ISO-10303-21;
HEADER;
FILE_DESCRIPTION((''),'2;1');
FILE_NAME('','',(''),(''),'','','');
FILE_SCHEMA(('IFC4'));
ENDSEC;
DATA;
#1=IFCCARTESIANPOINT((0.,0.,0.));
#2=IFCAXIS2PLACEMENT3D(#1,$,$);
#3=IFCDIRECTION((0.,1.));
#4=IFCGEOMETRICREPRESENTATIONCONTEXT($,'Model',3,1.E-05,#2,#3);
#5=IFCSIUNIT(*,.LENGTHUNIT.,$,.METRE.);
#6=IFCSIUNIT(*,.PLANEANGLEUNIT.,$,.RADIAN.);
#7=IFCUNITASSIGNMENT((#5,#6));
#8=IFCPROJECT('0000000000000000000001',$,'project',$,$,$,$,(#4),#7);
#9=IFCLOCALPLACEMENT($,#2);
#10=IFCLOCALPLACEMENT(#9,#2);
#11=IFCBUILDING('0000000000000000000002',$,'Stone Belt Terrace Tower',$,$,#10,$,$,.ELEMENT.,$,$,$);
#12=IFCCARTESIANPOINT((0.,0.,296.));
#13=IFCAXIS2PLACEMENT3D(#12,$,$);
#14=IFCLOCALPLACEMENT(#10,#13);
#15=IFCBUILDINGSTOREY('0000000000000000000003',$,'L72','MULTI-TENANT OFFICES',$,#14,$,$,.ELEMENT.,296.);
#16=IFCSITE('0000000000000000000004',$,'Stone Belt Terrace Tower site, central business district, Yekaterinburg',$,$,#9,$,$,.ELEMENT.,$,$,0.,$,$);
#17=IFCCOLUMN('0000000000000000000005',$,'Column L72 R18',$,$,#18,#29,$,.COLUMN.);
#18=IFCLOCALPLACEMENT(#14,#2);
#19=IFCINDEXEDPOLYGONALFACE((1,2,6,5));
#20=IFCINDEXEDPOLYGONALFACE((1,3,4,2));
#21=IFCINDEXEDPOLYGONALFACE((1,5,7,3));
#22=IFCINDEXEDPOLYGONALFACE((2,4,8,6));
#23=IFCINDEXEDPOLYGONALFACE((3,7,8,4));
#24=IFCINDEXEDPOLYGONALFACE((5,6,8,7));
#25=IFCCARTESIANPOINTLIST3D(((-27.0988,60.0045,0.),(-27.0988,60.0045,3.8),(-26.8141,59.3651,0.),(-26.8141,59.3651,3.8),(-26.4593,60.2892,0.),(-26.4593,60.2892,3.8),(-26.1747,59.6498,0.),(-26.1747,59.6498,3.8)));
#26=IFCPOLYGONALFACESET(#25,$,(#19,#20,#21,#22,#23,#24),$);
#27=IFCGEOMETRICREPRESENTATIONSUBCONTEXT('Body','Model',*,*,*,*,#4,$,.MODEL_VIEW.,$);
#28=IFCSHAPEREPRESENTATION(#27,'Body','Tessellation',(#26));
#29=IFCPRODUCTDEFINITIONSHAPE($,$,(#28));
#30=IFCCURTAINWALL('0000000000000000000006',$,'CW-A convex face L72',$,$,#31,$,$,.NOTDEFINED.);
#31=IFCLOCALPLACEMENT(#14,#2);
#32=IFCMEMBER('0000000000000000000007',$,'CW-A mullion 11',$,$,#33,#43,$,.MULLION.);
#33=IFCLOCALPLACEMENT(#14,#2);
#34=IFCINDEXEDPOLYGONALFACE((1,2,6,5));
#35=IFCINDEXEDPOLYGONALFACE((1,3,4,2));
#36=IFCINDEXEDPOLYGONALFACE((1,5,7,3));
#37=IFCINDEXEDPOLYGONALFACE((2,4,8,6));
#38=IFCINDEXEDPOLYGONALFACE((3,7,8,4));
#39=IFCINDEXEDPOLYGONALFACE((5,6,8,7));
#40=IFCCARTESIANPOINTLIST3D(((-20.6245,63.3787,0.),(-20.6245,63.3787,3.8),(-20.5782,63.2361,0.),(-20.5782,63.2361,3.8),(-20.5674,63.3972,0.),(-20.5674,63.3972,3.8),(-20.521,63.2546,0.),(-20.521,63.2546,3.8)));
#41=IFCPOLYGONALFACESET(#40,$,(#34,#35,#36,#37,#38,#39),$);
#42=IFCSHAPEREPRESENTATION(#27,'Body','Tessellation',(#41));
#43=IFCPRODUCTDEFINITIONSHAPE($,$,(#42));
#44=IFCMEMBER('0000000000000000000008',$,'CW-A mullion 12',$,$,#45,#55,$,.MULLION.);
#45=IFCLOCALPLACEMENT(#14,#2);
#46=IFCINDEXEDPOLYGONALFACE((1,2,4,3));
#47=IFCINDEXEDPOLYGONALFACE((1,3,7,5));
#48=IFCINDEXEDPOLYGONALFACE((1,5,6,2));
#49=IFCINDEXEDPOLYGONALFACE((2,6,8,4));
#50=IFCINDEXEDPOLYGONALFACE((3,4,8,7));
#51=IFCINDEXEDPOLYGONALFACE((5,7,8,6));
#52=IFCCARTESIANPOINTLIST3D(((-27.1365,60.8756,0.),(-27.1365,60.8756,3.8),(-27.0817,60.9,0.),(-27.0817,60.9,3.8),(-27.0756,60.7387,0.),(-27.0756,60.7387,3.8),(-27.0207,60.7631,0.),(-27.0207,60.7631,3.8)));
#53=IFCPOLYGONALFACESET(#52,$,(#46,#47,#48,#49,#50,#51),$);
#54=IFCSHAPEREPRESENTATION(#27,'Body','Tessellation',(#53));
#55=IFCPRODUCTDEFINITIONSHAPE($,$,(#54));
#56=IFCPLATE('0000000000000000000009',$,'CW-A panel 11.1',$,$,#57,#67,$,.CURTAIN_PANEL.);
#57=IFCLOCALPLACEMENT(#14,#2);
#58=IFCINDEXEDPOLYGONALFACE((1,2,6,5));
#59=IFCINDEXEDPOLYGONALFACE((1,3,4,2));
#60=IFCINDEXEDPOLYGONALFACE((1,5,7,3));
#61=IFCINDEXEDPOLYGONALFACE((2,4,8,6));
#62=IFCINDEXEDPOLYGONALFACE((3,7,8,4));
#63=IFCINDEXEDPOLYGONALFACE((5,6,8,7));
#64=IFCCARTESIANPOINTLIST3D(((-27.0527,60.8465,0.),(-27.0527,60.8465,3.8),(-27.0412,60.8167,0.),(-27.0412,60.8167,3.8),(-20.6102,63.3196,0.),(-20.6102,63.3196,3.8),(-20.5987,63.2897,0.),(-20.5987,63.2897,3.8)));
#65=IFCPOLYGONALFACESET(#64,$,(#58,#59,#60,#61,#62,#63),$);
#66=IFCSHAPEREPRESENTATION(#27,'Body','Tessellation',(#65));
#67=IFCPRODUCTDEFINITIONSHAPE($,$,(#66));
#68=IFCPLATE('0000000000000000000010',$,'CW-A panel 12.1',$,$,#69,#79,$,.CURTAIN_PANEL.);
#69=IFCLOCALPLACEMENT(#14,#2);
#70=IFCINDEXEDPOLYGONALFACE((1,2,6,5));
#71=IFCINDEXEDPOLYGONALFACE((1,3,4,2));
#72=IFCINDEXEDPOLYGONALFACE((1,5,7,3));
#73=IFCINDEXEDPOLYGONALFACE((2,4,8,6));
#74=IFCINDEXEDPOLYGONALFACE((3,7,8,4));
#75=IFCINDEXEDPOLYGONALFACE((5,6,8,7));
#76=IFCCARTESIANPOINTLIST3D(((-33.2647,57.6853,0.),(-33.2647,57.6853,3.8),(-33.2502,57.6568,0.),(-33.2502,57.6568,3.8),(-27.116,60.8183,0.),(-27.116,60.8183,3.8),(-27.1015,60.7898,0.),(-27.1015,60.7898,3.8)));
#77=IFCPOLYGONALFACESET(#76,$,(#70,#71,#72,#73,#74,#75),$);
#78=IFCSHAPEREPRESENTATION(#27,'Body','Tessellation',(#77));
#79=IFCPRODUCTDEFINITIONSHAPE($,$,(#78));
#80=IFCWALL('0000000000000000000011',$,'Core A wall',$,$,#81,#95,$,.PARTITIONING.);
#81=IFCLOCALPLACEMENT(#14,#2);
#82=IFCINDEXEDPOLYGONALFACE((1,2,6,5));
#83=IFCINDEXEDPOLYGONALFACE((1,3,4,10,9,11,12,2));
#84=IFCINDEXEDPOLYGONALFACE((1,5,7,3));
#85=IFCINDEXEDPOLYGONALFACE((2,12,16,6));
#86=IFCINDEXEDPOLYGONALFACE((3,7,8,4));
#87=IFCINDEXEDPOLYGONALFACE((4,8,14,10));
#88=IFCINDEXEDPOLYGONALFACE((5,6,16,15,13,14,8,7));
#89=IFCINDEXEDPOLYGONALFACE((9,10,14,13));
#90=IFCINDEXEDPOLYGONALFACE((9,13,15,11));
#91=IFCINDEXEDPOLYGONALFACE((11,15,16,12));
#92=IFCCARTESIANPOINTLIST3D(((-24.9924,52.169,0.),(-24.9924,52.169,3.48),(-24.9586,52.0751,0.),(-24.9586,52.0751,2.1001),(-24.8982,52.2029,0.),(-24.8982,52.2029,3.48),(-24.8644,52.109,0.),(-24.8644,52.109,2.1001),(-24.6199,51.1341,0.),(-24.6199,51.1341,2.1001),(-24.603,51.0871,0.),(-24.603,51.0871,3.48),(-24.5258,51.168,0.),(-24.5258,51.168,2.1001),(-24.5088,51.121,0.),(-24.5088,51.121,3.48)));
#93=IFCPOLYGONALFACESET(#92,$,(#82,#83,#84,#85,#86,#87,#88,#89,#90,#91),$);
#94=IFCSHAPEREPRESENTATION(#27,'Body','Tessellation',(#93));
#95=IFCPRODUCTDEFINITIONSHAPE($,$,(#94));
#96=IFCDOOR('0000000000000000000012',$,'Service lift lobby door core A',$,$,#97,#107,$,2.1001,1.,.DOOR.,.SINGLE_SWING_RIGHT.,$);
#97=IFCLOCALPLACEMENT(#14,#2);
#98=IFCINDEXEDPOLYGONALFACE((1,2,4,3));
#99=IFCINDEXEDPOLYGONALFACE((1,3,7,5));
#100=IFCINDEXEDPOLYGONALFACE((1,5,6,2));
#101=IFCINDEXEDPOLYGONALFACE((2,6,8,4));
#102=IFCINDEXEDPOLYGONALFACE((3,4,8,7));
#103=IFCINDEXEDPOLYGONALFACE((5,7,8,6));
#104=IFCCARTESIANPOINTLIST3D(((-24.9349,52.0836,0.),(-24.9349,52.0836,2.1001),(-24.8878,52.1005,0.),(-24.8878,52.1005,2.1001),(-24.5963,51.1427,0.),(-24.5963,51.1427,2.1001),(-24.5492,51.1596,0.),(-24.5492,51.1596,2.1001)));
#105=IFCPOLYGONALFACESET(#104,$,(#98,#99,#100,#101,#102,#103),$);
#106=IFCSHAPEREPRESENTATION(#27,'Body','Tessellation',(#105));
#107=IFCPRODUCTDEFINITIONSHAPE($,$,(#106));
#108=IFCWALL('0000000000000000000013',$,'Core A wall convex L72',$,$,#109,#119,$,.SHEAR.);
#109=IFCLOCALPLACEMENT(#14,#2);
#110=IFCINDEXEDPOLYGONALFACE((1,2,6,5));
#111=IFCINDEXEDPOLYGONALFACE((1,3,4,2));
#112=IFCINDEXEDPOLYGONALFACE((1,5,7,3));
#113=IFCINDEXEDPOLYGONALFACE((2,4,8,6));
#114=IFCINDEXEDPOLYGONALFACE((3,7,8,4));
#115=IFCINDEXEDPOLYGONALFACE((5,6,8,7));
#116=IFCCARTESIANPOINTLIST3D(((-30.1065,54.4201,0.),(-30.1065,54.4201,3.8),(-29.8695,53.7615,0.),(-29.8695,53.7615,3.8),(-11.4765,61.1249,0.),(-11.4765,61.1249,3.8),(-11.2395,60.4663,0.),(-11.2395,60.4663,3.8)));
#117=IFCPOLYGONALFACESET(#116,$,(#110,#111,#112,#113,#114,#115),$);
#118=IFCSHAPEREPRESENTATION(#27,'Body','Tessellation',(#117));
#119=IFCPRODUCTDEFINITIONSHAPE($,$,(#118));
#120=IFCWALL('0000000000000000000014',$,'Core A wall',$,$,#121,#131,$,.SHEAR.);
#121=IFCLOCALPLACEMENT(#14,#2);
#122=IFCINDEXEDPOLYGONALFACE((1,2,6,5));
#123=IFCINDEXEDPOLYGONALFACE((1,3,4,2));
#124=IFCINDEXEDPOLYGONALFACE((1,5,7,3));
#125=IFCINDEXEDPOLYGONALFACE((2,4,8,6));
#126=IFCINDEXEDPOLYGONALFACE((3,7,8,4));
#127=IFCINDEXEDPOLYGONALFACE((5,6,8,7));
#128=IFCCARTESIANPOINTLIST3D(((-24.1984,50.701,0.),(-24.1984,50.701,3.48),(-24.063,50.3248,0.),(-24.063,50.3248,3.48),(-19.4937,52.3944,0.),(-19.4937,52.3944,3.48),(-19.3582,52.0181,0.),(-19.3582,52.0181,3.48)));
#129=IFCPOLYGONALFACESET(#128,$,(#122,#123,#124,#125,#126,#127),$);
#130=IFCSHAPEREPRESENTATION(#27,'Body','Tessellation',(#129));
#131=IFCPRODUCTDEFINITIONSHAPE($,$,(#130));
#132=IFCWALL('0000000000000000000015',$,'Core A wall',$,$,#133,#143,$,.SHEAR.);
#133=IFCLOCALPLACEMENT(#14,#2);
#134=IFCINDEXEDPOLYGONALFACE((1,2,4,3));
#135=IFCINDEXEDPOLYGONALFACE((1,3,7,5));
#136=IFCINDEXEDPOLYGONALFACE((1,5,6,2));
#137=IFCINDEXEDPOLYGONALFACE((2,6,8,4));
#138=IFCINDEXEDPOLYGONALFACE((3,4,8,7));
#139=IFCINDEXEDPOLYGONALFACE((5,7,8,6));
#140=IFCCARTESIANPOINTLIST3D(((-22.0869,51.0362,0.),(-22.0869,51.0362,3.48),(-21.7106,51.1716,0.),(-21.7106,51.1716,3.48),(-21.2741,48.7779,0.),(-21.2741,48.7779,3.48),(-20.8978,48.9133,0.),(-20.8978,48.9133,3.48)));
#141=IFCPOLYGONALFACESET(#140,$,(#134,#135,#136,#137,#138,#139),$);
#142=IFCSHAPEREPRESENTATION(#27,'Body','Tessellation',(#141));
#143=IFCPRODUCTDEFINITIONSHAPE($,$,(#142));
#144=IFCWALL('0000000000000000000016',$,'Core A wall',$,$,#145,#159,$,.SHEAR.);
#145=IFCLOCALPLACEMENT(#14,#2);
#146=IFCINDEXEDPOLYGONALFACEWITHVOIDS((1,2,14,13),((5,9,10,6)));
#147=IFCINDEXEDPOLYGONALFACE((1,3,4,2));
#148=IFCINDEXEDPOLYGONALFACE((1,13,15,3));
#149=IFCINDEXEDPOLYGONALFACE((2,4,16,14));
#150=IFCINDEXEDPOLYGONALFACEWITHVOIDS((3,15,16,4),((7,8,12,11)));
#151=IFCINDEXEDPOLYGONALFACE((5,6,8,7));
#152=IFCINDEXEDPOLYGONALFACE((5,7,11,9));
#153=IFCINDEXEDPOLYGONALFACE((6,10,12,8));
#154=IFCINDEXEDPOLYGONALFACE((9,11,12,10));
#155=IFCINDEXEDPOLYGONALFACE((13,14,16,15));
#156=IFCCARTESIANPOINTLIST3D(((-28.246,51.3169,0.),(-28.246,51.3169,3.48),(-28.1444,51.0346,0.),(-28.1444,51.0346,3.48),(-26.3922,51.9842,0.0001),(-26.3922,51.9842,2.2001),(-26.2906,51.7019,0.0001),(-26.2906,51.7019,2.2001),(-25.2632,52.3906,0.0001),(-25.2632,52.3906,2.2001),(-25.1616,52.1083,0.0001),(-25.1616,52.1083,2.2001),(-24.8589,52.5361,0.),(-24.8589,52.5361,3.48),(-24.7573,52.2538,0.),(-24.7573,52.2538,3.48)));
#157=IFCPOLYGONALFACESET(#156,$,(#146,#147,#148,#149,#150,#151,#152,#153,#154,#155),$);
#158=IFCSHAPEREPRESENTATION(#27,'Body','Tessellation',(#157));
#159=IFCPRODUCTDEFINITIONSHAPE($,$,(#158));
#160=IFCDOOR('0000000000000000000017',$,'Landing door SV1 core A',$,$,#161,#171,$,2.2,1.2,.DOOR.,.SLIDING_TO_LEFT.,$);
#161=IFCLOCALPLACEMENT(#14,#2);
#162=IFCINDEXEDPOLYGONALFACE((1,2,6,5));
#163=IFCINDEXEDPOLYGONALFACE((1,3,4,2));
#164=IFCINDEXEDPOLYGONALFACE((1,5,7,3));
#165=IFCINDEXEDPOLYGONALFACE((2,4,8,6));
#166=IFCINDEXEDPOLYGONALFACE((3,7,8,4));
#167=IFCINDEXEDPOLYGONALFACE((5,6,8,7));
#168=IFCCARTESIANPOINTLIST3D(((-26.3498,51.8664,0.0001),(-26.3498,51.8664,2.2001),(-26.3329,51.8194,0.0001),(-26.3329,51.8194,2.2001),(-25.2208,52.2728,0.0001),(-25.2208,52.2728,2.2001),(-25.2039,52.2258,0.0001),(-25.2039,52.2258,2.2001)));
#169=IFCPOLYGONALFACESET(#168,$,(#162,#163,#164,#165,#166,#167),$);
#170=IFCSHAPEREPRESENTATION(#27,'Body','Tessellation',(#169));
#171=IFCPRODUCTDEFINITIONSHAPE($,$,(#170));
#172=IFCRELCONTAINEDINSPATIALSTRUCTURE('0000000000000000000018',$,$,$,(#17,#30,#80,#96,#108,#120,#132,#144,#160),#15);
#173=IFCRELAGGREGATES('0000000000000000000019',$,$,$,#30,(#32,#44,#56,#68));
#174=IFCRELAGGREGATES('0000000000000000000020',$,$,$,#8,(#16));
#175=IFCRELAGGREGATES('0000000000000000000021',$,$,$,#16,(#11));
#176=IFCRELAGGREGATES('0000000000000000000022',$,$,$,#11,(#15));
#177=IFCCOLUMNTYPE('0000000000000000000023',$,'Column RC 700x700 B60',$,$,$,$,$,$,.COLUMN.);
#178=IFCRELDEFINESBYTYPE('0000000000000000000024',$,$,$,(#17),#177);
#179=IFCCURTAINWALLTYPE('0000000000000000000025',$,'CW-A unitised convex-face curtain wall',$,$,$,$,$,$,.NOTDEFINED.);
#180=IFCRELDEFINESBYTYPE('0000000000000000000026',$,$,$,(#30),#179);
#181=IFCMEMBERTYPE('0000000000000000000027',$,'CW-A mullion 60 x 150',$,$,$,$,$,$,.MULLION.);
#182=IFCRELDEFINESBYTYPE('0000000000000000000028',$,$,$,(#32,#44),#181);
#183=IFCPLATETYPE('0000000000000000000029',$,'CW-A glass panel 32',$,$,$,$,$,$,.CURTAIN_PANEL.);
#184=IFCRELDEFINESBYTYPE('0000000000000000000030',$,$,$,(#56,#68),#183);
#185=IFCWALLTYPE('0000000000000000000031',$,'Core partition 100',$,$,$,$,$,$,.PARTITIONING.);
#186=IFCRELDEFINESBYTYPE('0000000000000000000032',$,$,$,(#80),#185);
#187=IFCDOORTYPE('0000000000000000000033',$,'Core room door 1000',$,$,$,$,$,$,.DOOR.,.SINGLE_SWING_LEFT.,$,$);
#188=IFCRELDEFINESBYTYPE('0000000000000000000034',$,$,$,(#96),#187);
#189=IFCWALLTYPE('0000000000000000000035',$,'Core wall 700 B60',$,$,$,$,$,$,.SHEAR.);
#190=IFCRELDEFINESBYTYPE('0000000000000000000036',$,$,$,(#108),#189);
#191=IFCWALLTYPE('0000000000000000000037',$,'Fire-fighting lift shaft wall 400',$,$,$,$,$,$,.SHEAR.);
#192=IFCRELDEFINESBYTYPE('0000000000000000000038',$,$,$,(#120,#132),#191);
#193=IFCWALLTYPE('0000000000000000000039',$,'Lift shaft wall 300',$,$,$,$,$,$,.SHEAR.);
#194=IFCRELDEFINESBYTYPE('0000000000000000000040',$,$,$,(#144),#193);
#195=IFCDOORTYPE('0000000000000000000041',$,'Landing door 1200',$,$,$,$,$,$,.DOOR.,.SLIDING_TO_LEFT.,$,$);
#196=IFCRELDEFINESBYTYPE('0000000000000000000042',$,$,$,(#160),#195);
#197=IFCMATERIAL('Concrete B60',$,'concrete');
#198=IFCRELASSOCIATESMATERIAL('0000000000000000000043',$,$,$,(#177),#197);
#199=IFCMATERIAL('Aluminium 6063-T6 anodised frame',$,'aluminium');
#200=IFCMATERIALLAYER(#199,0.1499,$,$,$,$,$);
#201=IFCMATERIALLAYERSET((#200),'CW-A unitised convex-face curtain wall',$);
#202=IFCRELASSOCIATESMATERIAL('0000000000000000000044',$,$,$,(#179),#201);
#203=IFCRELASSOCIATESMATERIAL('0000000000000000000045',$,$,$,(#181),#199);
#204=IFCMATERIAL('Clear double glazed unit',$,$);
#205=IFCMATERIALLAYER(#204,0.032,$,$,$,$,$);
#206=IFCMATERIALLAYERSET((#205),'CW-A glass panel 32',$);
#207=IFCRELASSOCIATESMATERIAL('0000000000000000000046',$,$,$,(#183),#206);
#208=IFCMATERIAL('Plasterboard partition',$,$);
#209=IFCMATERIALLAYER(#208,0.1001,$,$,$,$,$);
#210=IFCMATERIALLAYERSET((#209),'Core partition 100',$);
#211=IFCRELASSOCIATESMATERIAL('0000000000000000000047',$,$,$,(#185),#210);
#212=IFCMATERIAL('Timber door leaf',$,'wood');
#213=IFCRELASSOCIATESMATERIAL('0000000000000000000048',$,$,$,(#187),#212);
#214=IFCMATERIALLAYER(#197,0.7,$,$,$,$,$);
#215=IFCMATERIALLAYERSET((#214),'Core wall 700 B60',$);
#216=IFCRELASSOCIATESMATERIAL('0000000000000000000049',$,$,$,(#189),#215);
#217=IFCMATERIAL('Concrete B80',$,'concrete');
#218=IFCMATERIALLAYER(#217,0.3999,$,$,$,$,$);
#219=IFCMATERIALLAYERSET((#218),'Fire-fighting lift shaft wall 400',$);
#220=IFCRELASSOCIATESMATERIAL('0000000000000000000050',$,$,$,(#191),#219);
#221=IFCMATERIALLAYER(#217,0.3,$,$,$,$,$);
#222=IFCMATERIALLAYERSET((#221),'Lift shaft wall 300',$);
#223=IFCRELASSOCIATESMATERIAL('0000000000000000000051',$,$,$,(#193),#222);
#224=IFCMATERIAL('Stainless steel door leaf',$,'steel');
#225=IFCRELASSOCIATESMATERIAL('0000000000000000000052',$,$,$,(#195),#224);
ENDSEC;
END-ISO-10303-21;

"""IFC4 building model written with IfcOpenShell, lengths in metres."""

from ifc_helpers import new_model, si_unit, direction, frame, frame_2d, origin, origin_2d, place, context, subcontext, project, spatial, rectangle, extrude, material, layer, layer_set, material_profile, profile_set, type_object, element, fill, aggregate, save


model = new_model("IFC4")

# Units and contexts
model_context = context("Model", 3, precision=1e-05, world=origin(), true_north=direction((0.0, 1.0)))
body_context = subcontext(model_context, "Body", "Model", "MODEL_VIEW")
ifc_project = project(units=[si_unit("LENGTHUNIT", "METRE"), si_unit("PLANEANGLEUNIT", "RADIAN")], contexts=[model_context])

# Site, building, storey
site_placement = place(None, origin())
site = spatial("IfcSite", under=ifc_project, at=site_placement, Name="Stone Belt Terrace Tower site, central business district, Yekaterinburg", CompositionType="ELEMENT", RefElevation=0.0)
building_placement = place(site_placement, origin())
building = spatial("IfcBuilding", under=site, at=building_placement, Name="Stone Belt Terrace Tower", CompositionType="ELEMENT")
storey_placement = place(building_placement, frame((0.0, 0.0, 296.0)))
storey = spatial("IfcBuildingStorey", under=building, at=storey_placement, Name="L72", Description="MULTI-TENANT OFFICES", CompositionType="ELEMENT", Elevation=296.0)

# Column
ifc_material_1 = material(Name="Concrete B60", Category="concrete")
ifc_material_profile_1 = material_profile(ifc_material_1, rectangle(XDim=0.7, YDim=0.7, at=origin_2d()), Name="RC 700x700")
ifc_profile_set_1 = profile_set([ifc_material_profile_1], Name="Concrete B60")
column_type = type_object("IfcColumnType", Name="Column RC 700x700 B60", PredefinedType="COLUMN", material=ifc_profile_set_1)
column_placement = place(storey_placement, frame((-26.6367, 59.8271, 0.0), z_axis=(0.0, 0.0, 1.0), x_axis=(0.913545, 0.406737, 0.0)))
element("IfcColumn", 1, at=column_placement, inside=storey, type_object=column_type, Name="Column L72 R18", PredefinedType="COLUMN", context=body_context, shape_type="SweptSolid", body=[
    extrude(rectangle(XDim=0.7, YDim=0.7, at=origin_2d()), origin(), (0.0, 0.0, 1.0), 3.8),
])

# Curtain wall, members, plates
ifc_material_2 = material(Name="Aluminium 6063-T6 anodised frame", Category="aluminium")
ifc_layer_1 = layer(ifc_material_2, 0.1499)
ifc_layer_set_1 = layer_set([ifc_layer_1], Name="CW-A unitised convex-face curtain wall")
curtain_wall_type = type_object("IfcCurtainWallType", Name="CW-A unitised convex-face curtain wall", PredefinedType="NOTDEFINED", material=ifc_layer_set_1)
curtain_wall_placement = place(storey_placement, origin())
curtain_wall = element("IfcCurtainWall", 2, at=curtain_wall_placement, inside=storey, type_object=curtain_wall_type, Name="CW-A convex face L72", PredefinedType="NOTDEFINED")
ifc_material_profile_2 = material_profile(ifc_material_2, rectangle(XDim=0.1499, YDim=0.0601, at=origin_2d()), Name="Aluminium 6063-T6 60x150")
ifc_profile_set_2 = profile_set([ifc_material_profile_2], Name="Aluminium 6063-T6 anodised frame")
member_type = type_object("IfcMemberType", Name="CW-A mullion 60 x 150", PredefinedType="MULLION", material=ifc_profile_set_2)
member_1_placement = place(storey_placement, frame((-20.5728, 63.3167, 0.0), z_axis=(0.0, 0.0, 1.0), x_axis=(0.309017, -0.951057, 0.0)))
member_1 = element("IfcMember", 3, at=member_1_placement, type_object=member_type, Name="CW-A mullion 11", PredefinedType="MULLION", context=body_context, shape_type="SweptSolid", body=[
    extrude(rectangle(XDim=0.1499, YDim=0.0601, at=origin_2d()), origin(), (0.0, 0.0, 1.0), 3.8),
])
member_2_placement = place(storey_placement, frame((-27.0786, 60.8193, 0.0), z_axis=(0.0, 0.0, 1.0), x_axis=(0.406737, -0.913545, 0.0)))
member_2 = element("IfcMember", 4, at=member_2_placement, type_object=member_type, Name="CW-A mullion 12", PredefinedType="MULLION", context=body_context, shape_type="SweptSolid", body=[
    extrude(rectangle(XDim=0.1499, YDim=0.0601, at=origin_2d()), origin(), (0.0, 0.0, 1.0), 3.8),
])
ifc_material_3 = material(Name="Clear double glazed unit")
ifc_layer_2 = layer(ifc_material_3, 0.032)
ifc_layer_set_2 = layer_set([ifc_layer_2], Name="CW-A glass panel 32")
plate_type = type_object("IfcPlateType", Name="CW-A glass panel 32", PredefinedType="CURTAIN_PANEL", material=ifc_layer_set_2)
plate_1_placement = place(storey_placement, frame((-23.8257, 62.0681, 0.0), z_axis=(0.0, 0.0, 1.0), x_axis=(-0.93358, -0.358368, 0.0)))
plate_1 = element("IfcPlate", 5, at=plate_1_placement, type_object=plate_type, Name="CW-A panel 11.1", PredefinedType="CURTAIN_PANEL", context=body_context, shape_type="SweptSolid", body=[
    extrude(rectangle(XDim=6.9009, YDim=0.032, at=origin_2d()), origin(), (0.0, 0.0, 1.0), 3.8),
])
plate_2_placement = place(storey_placement, frame((-30.1831, 59.2375, 0.0), z_axis=(0.0, 0.0, 1.0), x_axis=(-0.891007, -0.45399, 0.0)))
plate_2 = element("IfcPlate", 6, at=plate_2_placement, type_object=plate_type, Name="CW-A panel 12.1", PredefinedType="CURTAIN_PANEL", context=body_context, shape_type="SweptSolid", body=[
    extrude(rectangle(XDim=6.9009, YDim=0.032, at=origin_2d()), origin(), (0.0, 0.0, 1.0), 3.8),
])
aggregate(curtain_wall, [member_1, member_2, plate_1, plate_2])

# Wall, opening, door
ifc_material_4 = material(Name="Plasterboard partition")
ifc_layer_3 = layer(ifc_material_4, 0.1001)
ifc_layer_set_3 = layer_set([ifc_layer_3], Name="Core partition 100")
wall_type_1 = type_object("IfcWallType", Name="Core partition 100", PredefinedType="PARTITIONING", material=ifc_layer_set_3)
wall_1_placement = place(storey_placement, frame((-24.5559, 51.104, 0.0), z_axis=(0.0, 0.0, 1.0), x_axis=(-0.338622, 0.940923, 0.0)))
wall_1 = element("IfcWall", 7, at=wall_1_placement, inside=storey, type_object=wall_type_1, Name="Core A wall", PredefinedType="PARTITIONING", context=body_context, shape_type="SweptSolid", body=[
    extrude(rectangle(XDim=1.1499, YDim=0.1001, at=frame_2d((0.575, 0.0))), origin(), (0.0, 0.0, 1.0), 3.48),
])
opening_1_placement = place(wall_1_placement, frame((0.05, 0.0, 0.0)))
opening_1 = element("IfcOpeningElement", 8, at=opening_1_placement, cuts=wall_1, PredefinedType="OPENING", context=body_context, shape_type="SweptSolid", body=[
    extrude(rectangle(XDim=1.0, YDim=2.1001, at=frame_2d((0.5, 1.05))), frame((0.0, 0.0601, 0.0), z_axis=(0.0, -1.0, 0.0), x_axis=(1.0, 0.0, 0.0)), (0.0, 0.0, 1.0), 0.1201),
])
ifc_material_5 = material(Name="Timber door leaf", Category="wood")
door_type_1 = type_object("IfcDoorType", Name="Core room door 1000", OperationType="SINGLE_SWING_LEFT", PredefinedType="DOOR", material=ifc_material_5)
door_1_placement = place(opening_1_placement, origin())
door_1 = element("IfcDoor", 9, at=door_1_placement, inside=storey, type_object=door_type_1, Name="Service lift lobby door core A", OperationType="SINGLE_SWING_RIGHT", OverallHeight=2.1001, OverallWidth=1.0, PredefinedType="DOOR", context=body_context, shape_type="SweptSolid", body=[
    extrude(rectangle(XDim=1.0, YDim=2.1001, at=frame_2d((0.5, 1.05))), frame((0.0, 0.0249, 0.0), z_axis=(0.0, -1.0, 0.0), x_axis=(1.0, 0.0, 0.0)), (0.0, 0.0, 1.0), 0.05),
])
fill(opening_1, door_1)

# Walls
ifc_layer_4 = layer(ifc_material_1, 0.7)
ifc_layer_set_4 = layer_set([ifc_layer_4], Name="Core wall 700 B60")
wall_type_2 = type_object("IfcWallType", Name="Core wall 700 B60", PredefinedType="SHEAR", material=ifc_layer_set_4)
wall_2_placement = place(storey_placement, frame((-29.988, 54.0908, 0.0), z_axis=(0.0, 0.0, 1.0), x_axis=(0.94092, 0.33863, 0.0)))
element("IfcWall", 10, at=wall_2_placement, inside=storey, type_object=wall_type_2, Name="Core A wall convex L72", PredefinedType="SHEAR", context=body_context, shape_type="SweptSolid", body=[
    extrude(rectangle(XDim=19.7998, YDim=0.7, at=frame_2d((9.8999, 0.0))), origin(), (0.0, 0.0, 1.0), 3.8),
])
ifc_material_6 = material(Name="Concrete B80", Category="concrete")
ifc_layer_5 = layer(ifc_material_6, 0.3999)
ifc_layer_set_5 = layer_set([ifc_layer_5], Name="Fire-fighting lift shaft wall 400")
wall_type_3 = type_object("IfcWallType", Name="Fire-fighting lift shaft wall 400", PredefinedType="SHEAR", material=ifc_layer_set_5)
wall_3_placement = place(storey_placement, frame((-24.1306, 50.5129, 0.0), z_axis=(0.0, 0.0, 1.0), x_axis=(0.940912, 0.338652, 0.0)))
element("IfcWall", 11, at=wall_3_placement, inside=storey, type_object=wall_type_3, Name="Core A wall", PredefinedType="SHEAR", context=body_context, shape_type="SweptSolid", body=[
    extrude(rectangle(XDim=5.0002, YDim=0.3999, at=frame_2d((2.5, 0.0))), origin(), (0.0, 0.0, 1.0), 3.48),
])
wall_4_placement = place(storey_placement, frame((-21.0859, 48.8455, 0.0), z_axis=(0.0, 0.0, 1.0), x_axis=(-0.338629, 0.94092, 0.0)))
element("IfcWall", 12, at=wall_4_placement, inside=storey, type_object=wall_type_3, Name="Core A wall", PredefinedType="SHEAR", context=body_context, shape_type="SweptSolid", body=[
    extrude(rectangle(XDim=2.4001, YDim=0.3999, at=frame_2d((1.2002, 0.0))), origin(), (0.0, 0.0, 1.0), 3.48),
])

# Wall, opening, door
ifc_layer_6 = layer(ifc_material_6, 0.3)
ifc_layer_set_6 = layer_set([ifc_layer_6], Name="Lift shaft wall 300")
wall_type_4 = type_object("IfcWallType", Name="Lift shaft wall 300", PredefinedType="SHEAR", material=ifc_layer_set_6)
wall_5_placement = place(storey_placement, frame((-28.1951, 51.1758, 0.0), z_axis=(0.0, 0.0, 1.0), x_axis=(0.940901, 0.338681, 0.0)))
wall_5 = element("IfcWall", 13, at=wall_5_placement, inside=storey, type_object=wall_type_4, Name="Core A wall", PredefinedType="SHEAR", context=body_context, shape_type="SweptSolid", body=[
    extrude(rectangle(XDim=3.5999, YDim=0.3, at=frame_2d((1.7998, 0.0))), origin(), (0.0, 0.0, 1.0), 3.48),
])
opening_2_placement = place(wall_5_placement, frame((1.97, 0.0, 0.0)))
opening_2 = element("IfcOpeningElement", 14, at=opening_2_placement, cuts=wall_5, PredefinedType="OPENING", context=body_context, shape_type="SweptSolid", body=[
    extrude(rectangle(XDim=1.2, YDim=2.2, at=frame_2d((0.6001, 1.1001))), frame((0.0, 0.1599, 0.0), z_axis=(0.0, -1.0, 0.0), x_axis=(1.0, 0.0, 0.0)), (0.0, 0.0, 1.0), 0.3201),
])
ifc_material_7 = material(Name="Stainless steel door leaf", Category="steel")
door_type_2 = type_object("IfcDoorType", Name="Landing door 1200", OperationType="SLIDING_TO_LEFT", PredefinedType="DOOR", material=ifc_material_7)
door_2_placement = place(opening_2_placement, origin())
door_2 = element("IfcDoor", 15, at=door_2_placement, inside=storey, type_object=door_type_2, Name="Landing door SV1 core A", OperationType="SLIDING_TO_LEFT", OverallHeight=2.2, OverallWidth=1.2, PredefinedType="DOOR", context=body_context, shape_type="SweptSolid", body=[
    extrude(rectangle(XDim=1.2, YDim=2.2, at=frame_2d((0.6001, 1.1001))), frame((0.0, 0.0249, 0.0), z_axis=(0.0, -1.0, 0.0), x_axis=(1.0, 0.0, 0.0)), (0.0, 0.0, 1.0), 0.05),
])
fill(opening_2, door_2)

save(model, "model.ifc")
